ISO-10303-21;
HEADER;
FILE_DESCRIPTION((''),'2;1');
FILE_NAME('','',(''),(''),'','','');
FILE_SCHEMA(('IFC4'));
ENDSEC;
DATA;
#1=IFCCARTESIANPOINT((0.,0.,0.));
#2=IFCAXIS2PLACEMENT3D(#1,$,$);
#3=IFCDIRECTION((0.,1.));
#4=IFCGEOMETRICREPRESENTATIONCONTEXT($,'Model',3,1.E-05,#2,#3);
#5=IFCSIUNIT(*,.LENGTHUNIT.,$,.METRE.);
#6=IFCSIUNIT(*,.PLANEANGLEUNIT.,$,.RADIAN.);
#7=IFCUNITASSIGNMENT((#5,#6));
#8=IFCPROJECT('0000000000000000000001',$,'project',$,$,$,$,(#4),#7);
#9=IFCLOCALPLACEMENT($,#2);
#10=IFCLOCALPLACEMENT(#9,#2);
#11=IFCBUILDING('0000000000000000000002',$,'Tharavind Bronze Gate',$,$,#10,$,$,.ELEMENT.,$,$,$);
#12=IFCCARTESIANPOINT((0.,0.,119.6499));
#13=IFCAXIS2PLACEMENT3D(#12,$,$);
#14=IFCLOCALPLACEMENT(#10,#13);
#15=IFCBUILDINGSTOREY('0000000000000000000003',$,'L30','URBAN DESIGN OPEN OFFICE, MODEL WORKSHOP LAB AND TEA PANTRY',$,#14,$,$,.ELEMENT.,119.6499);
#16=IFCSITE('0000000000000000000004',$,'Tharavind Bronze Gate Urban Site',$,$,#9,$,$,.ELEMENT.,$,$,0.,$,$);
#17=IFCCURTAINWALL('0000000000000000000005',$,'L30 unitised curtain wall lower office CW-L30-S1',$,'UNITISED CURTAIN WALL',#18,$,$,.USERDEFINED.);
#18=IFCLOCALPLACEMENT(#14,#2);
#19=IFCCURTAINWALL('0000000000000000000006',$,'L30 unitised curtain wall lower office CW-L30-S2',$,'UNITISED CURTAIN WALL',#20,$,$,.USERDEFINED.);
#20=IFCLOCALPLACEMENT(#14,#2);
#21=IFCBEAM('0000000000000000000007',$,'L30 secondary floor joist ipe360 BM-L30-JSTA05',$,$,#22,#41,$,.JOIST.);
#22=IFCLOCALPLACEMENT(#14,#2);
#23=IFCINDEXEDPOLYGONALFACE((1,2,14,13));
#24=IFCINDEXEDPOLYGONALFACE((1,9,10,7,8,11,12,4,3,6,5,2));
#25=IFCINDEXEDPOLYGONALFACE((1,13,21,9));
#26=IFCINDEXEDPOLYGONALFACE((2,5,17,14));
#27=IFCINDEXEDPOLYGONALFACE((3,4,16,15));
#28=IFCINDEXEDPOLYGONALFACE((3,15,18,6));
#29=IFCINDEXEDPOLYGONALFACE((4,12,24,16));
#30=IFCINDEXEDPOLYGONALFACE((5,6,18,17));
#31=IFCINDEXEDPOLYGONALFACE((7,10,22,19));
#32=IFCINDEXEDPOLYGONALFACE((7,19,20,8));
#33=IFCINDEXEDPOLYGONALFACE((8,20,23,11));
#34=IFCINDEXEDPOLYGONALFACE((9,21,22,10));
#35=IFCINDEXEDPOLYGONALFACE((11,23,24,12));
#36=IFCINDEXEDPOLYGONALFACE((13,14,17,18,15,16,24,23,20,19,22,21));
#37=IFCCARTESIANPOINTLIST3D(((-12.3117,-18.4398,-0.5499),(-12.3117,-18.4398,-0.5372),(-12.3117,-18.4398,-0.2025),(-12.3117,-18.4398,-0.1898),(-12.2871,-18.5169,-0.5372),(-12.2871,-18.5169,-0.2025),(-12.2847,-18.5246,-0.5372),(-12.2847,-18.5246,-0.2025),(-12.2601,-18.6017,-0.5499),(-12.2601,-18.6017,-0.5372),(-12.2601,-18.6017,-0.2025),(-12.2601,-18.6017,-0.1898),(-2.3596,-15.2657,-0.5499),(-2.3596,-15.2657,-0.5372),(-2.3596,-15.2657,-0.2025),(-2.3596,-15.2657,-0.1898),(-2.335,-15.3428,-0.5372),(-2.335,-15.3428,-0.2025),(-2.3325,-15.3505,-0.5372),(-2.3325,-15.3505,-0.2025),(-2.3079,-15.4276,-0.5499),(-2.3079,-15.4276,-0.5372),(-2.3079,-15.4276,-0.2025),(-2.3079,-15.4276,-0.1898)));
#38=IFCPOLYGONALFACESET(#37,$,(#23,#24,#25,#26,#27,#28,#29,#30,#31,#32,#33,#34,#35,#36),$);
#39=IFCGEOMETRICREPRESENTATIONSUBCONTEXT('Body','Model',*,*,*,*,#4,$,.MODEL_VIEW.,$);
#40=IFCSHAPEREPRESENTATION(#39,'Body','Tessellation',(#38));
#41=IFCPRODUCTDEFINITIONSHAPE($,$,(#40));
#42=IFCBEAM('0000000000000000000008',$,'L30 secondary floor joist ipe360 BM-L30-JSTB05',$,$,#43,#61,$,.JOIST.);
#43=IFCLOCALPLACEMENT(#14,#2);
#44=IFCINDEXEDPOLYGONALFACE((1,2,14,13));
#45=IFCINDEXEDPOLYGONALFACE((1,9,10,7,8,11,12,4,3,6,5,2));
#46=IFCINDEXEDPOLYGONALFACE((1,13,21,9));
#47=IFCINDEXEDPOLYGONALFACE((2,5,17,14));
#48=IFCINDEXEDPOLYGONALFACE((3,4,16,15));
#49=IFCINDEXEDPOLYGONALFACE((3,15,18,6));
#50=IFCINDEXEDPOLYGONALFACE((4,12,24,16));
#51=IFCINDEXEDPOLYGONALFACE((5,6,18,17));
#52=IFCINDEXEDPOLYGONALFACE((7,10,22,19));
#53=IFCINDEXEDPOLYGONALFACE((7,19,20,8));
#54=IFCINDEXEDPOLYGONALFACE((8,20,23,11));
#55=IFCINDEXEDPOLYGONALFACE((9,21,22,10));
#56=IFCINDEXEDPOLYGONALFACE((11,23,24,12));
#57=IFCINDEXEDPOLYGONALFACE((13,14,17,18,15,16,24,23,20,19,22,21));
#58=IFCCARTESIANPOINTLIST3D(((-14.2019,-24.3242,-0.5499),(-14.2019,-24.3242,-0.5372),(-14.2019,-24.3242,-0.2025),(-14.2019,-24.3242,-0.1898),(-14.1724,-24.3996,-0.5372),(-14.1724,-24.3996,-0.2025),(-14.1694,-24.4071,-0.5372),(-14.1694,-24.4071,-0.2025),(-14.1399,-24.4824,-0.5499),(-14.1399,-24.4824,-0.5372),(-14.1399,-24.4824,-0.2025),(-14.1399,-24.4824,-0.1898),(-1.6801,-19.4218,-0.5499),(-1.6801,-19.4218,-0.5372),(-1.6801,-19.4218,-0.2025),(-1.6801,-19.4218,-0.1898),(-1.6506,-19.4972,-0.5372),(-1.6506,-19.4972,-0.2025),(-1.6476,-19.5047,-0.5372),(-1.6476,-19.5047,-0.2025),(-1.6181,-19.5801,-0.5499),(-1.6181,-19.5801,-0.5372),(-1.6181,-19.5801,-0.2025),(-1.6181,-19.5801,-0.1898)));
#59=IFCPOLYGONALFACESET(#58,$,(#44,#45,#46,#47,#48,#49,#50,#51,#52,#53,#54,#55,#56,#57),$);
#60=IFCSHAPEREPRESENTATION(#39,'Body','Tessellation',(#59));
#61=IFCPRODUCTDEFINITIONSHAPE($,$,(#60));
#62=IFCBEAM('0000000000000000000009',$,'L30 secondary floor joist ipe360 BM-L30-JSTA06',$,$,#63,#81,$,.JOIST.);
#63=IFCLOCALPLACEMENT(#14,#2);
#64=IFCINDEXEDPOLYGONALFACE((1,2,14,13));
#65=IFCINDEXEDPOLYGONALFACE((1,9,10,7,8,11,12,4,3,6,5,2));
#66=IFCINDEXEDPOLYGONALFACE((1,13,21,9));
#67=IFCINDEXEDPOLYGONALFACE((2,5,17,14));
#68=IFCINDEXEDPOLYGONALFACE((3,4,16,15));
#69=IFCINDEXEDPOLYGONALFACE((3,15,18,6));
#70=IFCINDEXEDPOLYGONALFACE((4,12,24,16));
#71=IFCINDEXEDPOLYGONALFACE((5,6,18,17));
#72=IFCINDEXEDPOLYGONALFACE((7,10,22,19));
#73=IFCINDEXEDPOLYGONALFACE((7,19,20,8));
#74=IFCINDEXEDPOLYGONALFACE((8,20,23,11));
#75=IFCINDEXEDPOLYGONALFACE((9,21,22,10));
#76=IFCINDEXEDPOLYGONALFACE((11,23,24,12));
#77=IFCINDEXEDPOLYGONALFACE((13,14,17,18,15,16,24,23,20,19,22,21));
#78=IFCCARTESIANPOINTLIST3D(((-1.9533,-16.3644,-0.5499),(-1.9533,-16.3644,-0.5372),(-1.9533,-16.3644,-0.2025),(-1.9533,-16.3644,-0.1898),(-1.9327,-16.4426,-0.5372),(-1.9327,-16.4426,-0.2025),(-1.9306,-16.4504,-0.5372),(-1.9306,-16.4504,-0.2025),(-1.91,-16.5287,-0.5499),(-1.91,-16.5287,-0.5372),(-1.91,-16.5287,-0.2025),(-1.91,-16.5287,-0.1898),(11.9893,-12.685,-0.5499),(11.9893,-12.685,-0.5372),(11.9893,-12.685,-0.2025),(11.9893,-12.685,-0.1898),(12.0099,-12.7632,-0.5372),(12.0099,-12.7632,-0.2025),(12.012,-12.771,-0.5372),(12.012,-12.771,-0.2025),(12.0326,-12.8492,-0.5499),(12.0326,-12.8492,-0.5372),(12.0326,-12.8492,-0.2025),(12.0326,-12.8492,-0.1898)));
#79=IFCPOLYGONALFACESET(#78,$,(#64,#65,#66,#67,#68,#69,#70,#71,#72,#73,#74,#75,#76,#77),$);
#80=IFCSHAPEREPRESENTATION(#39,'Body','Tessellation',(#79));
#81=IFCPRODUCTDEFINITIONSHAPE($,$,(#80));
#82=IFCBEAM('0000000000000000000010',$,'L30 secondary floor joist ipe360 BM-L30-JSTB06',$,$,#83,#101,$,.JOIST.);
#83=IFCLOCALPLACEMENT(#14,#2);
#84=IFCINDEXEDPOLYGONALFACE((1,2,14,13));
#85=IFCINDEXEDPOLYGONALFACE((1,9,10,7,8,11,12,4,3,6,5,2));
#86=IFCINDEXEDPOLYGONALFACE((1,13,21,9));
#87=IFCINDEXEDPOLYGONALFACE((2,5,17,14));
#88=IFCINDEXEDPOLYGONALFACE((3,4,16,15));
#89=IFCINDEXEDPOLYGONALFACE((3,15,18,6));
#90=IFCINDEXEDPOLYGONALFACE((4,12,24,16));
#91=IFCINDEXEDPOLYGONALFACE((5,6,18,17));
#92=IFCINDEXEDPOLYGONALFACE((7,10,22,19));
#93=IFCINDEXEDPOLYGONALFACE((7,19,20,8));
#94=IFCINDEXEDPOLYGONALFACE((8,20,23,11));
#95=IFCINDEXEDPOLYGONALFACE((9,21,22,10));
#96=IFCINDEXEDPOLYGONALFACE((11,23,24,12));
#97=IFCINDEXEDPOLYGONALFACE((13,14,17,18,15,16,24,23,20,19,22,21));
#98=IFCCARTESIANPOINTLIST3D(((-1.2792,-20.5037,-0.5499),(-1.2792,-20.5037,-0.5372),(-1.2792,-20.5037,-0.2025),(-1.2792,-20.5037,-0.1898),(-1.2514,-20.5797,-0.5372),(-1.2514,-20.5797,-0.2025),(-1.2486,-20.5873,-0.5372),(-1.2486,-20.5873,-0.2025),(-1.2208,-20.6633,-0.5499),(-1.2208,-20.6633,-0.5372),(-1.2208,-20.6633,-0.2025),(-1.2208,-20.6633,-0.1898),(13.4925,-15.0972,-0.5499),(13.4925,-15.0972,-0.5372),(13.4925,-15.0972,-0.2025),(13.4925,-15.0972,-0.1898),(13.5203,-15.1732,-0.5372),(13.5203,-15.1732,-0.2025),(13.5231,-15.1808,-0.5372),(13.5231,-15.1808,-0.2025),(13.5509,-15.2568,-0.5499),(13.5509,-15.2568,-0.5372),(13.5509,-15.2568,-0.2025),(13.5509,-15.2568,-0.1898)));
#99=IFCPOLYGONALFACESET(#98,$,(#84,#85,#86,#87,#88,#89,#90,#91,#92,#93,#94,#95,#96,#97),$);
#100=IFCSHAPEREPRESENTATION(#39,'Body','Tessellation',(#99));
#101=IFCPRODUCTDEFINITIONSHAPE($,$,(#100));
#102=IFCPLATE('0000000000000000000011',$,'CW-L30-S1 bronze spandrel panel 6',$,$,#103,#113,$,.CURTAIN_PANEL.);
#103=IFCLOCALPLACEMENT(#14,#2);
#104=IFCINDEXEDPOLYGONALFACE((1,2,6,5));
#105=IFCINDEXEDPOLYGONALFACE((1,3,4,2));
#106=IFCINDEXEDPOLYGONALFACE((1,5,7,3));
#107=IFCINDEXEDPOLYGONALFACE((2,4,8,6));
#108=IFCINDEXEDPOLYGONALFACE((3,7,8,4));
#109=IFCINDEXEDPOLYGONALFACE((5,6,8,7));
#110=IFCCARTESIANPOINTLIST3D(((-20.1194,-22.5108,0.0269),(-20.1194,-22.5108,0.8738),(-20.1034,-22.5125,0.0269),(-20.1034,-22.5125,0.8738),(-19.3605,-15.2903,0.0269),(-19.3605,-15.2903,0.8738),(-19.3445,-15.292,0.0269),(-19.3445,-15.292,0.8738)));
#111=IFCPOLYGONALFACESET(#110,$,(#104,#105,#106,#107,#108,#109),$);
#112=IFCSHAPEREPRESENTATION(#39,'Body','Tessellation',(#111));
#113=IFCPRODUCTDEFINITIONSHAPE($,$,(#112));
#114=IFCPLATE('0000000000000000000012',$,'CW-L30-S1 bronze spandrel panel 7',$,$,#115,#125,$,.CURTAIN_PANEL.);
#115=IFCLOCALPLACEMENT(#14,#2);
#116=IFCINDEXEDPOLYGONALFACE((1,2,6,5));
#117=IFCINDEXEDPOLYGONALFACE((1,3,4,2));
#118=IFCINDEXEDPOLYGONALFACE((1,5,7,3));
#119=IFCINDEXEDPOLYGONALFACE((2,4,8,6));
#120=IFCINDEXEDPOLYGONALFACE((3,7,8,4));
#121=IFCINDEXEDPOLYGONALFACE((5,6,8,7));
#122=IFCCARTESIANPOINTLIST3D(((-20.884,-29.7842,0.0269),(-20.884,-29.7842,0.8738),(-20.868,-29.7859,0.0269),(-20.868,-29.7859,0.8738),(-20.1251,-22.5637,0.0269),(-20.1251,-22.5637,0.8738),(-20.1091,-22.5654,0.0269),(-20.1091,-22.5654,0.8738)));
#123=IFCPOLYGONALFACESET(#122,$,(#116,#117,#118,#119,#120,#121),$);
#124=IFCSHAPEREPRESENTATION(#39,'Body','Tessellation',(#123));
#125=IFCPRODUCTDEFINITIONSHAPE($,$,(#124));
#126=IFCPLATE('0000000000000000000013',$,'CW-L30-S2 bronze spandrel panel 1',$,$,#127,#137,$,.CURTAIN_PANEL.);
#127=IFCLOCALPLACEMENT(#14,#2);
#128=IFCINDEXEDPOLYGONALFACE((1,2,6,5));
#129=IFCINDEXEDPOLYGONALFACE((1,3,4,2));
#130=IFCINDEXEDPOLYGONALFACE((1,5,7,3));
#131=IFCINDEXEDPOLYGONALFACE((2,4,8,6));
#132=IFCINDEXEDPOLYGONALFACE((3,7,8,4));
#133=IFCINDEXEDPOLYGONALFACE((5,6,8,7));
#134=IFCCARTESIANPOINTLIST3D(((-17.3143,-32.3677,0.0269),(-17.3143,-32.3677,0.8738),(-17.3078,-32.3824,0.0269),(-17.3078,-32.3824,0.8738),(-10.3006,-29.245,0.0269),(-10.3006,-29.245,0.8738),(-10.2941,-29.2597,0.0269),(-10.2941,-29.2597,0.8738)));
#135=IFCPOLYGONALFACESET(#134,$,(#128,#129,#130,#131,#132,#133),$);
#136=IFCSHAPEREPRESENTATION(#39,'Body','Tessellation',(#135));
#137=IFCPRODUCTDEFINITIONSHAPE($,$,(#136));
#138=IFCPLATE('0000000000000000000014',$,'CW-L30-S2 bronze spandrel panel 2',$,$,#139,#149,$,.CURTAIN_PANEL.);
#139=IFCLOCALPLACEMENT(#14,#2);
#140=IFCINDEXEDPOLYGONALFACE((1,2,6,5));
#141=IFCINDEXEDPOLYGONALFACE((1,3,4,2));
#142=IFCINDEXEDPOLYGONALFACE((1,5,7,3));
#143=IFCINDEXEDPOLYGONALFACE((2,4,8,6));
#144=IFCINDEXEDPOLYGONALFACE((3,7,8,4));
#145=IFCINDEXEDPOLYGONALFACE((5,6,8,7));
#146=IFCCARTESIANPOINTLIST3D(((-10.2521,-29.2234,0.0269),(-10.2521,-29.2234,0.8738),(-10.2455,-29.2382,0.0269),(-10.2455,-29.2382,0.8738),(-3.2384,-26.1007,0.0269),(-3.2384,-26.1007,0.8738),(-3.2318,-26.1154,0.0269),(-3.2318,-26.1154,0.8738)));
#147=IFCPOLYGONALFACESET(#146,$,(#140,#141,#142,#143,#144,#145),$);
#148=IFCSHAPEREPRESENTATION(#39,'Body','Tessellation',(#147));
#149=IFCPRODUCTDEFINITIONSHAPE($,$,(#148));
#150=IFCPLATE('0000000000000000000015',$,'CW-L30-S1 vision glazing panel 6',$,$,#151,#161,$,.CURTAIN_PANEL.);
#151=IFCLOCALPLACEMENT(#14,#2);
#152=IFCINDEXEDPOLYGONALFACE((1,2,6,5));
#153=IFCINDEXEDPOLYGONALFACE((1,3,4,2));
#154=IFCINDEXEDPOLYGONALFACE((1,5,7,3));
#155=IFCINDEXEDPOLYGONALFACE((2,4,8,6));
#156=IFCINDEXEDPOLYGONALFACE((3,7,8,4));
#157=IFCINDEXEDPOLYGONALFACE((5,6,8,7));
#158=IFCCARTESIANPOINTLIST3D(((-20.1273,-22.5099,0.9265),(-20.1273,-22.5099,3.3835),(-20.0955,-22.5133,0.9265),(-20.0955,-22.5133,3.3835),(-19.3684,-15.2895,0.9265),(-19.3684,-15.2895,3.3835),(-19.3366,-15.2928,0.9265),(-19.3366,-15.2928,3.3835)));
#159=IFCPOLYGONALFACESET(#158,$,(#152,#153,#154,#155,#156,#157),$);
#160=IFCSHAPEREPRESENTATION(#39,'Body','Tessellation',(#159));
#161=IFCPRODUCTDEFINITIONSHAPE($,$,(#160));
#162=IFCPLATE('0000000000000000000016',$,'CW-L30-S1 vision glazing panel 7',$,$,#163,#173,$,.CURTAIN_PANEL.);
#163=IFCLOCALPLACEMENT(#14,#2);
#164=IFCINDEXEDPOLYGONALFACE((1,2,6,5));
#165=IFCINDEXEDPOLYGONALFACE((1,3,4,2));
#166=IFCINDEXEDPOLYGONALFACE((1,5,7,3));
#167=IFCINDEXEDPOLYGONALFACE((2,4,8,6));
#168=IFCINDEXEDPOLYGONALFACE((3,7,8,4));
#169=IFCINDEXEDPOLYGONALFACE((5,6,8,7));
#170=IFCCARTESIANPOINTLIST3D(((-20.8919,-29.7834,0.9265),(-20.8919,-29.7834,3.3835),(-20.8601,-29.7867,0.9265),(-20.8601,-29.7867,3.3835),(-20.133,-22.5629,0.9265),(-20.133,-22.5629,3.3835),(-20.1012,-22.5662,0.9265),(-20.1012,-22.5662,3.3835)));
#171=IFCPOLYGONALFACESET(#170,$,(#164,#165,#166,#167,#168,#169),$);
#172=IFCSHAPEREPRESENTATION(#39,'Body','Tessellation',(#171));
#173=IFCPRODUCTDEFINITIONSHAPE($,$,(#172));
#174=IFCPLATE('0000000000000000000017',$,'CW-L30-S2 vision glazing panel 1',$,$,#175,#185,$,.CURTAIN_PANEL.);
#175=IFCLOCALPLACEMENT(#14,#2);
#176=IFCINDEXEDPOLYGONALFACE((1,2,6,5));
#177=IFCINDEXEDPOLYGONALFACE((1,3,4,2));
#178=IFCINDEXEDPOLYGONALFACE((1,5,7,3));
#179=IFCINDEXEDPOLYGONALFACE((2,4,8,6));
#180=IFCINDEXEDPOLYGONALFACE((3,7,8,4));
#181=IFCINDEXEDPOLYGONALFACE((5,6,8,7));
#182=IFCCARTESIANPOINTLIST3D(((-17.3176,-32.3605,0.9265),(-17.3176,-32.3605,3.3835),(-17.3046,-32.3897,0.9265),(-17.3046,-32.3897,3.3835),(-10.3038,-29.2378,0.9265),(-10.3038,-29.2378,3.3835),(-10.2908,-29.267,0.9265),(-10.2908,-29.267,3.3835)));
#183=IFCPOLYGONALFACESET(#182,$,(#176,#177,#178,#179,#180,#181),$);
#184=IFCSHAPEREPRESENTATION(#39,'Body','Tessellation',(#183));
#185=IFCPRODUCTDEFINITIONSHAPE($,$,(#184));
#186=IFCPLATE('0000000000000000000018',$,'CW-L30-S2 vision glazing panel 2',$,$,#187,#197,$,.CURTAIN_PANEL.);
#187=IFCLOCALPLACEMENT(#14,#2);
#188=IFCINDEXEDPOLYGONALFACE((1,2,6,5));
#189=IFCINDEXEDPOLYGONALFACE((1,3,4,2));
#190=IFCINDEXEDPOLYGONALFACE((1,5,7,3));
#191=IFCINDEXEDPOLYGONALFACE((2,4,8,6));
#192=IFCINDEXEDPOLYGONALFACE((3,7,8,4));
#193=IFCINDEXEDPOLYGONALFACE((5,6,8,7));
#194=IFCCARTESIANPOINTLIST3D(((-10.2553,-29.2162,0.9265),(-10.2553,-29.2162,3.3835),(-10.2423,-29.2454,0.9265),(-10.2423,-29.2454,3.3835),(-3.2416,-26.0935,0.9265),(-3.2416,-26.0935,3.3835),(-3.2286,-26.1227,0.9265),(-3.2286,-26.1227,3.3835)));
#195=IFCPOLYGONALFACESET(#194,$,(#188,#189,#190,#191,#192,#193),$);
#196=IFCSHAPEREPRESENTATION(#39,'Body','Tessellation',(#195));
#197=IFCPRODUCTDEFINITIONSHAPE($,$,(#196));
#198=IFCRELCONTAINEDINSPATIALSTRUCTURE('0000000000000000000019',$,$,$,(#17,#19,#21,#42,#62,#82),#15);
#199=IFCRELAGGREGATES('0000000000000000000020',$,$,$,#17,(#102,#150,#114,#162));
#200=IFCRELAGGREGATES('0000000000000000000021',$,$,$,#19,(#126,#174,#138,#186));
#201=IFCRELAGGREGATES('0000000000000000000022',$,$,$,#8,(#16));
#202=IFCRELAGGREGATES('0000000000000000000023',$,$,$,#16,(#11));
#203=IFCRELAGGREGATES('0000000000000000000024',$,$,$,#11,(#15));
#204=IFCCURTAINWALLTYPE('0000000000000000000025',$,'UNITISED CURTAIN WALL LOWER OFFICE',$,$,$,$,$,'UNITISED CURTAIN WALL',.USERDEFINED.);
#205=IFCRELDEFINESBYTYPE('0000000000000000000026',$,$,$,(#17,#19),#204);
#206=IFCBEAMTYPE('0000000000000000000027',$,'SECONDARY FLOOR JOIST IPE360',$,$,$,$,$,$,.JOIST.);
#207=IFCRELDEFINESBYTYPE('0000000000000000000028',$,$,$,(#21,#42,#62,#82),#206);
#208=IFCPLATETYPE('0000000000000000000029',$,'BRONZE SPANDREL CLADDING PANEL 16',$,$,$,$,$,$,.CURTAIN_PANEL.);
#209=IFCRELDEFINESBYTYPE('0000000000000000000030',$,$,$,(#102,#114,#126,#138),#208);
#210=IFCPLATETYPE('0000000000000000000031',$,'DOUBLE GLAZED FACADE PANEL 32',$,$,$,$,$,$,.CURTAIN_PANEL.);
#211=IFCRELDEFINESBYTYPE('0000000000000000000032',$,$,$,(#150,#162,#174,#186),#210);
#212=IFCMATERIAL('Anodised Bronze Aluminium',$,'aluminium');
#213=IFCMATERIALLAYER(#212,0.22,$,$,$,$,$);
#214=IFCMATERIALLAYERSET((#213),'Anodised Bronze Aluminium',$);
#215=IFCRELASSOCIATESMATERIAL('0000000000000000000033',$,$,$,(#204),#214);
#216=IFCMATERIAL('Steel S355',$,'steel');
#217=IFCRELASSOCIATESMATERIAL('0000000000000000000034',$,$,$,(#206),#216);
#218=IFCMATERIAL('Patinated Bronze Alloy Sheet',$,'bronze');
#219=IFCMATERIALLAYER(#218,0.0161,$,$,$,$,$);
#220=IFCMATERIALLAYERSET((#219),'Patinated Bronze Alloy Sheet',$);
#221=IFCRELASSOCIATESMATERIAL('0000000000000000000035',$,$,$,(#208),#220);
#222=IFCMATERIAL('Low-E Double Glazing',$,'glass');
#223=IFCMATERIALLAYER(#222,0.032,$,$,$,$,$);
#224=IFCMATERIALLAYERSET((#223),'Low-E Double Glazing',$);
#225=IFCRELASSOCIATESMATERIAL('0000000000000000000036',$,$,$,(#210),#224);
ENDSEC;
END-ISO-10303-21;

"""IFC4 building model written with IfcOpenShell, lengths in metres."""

from ifc_helpers import new_model, si_unit, direction, frame, origin, origin_2d, place, context, subcontext, project, spatial, rectangle, i_section, extrude, material, layer, layer_set, material_profile, profile_set, type_object, element, aggregate, save


model = new_model("IFC4")

# Units and contexts
model_context = context("Model", 3, precision=1e-05, world=origin(), true_north=direction((0.0, 1.0)))
body_context = subcontext(model_context, "Body", "Model", "MODEL_VIEW")
ifc_project = project(units=[si_unit("LENGTHUNIT", "METRE"), si_unit("PLANEANGLEUNIT", "RADIAN")], contexts=[model_context])

# Site, building, storey
site_placement = place(None, origin())
site = spatial("IfcSite", under=ifc_project, at=site_placement, Name="Tharavind Bronze Gate Urban Site", CompositionType="ELEMENT", RefElevation=0.0)
building_placement = place(site_placement, origin())
building = spatial("IfcBuilding", under=site, at=building_placement, Name="Tharavind Bronze Gate", CompositionType="ELEMENT")
storey_placement = place(building_placement, frame((0.0, 0.0, 119.6499)))
storey = spatial("IfcBuildingStorey", under=building, at=storey_placement, Name="L30", Description="URBAN DESIGN OPEN OFFICE, MODEL WORKSHOP LAB AND TEA PANTRY", CompositionType="ELEMENT", Elevation=119.6499)

# Curtain walls
ifc_material_1 = material(Name="Anodised Bronze Aluminium", Category="aluminium")
ifc_layer_1 = layer(ifc_material_1, 0.22)
ifc_layer_set_1 = layer_set([ifc_layer_1], Name="Anodised Bronze Aluminium")
curtain_wall_type = type_object("IfcCurtainWallType", Name="UNITISED CURTAIN WALL LOWER OFFICE", ElementType="UNITISED CURTAIN WALL", PredefinedType="USERDEFINED", material=ifc_layer_set_1)
curtain_wall_1_placement = place(storey_placement, origin())
curtain_wall_1 = element("IfcCurtainWall", 1, at=curtain_wall_1_placement, inside=storey, type_object=curtain_wall_type, Name="L30 unitised curtain wall lower office CW-L30-S1", ObjectType="UNITISED CURTAIN WALL", PredefinedType="USERDEFINED")
curtain_wall_2_placement = place(storey_placement, origin())
curtain_wall_2 = element("IfcCurtainWall", 2, at=curtain_wall_2_placement, inside=storey, type_object=curtain_wall_type, Name="L30 unitised curtain wall lower office CW-L30-S2", ObjectType="UNITISED CURTAIN WALL", PredefinedType="USERDEFINED")

# Beams
ifc_material_2 = material(Name="Steel S355", Category="steel")
ifc_material_profile_1 = material_profile(ifc_material_2, i_section(OverallWidth=0.1699, OverallDepth=0.3601, WebThickness=0.0081, FlangeThickness=0.0127, at=origin_2d()), Name="IPE360")
ifc_profile_set_1 = profile_set([ifc_material_profile_1], Name="Steel S355")
beam_type_1 = type_object("IfcBeamType", Name="SECONDARY FLOOR JOIST IPE360", PredefinedType="JOIST", material=ifc_profile_set_1)
beam_1_placement = place(storey_placement, frame((-12.2859, -18.5208, -0.3699), z_axis=(0.952719, 0.303854, 0.0), x_axis=(-0.303854, 0.952719, 0.0)))
element("IfcBeam", 3, at=beam_1_placement, inside=storey, type_object=beam_type_1, Name="L30 secondary floor joist ipe360 BM-L30-JSTA05", PredefinedType="JOIST", context=body_context, shape_type="SweptSolid", body=[
    extrude(i_section(OverallWidth=0.1699, OverallDepth=0.3601, WebThickness=0.0081, FlangeThickness=0.0127, at=origin_2d()), origin(), (0.0, 0.0, 1.0), 10.446),
])
beam_2_placement = place(storey_placement, frame((-14.1709, -24.4033, -0.3699), z_axis=(0.931179, 0.364563, 0.0), x_axis=(-0.364563, 0.931179, 0.0)))
element("IfcBeam", 4, at=beam_2_placement, inside=storey, type_object=beam_type_1, Name="L30 secondary floor joist ipe360 BM-L30-JSTB05", PredefinedType="JOIST", context=body_context, shape_type="SweptSolid", body=[
    extrude(i_section(OverallWidth=0.1699, OverallDepth=0.3601, WebThickness=0.0081, FlangeThickness=0.0127, at=origin_2d()), origin(), (0.0, 0.0, 1.0), 13.4473),
])
beam_3_placement = place(storey_placement, frame((-1.9316, -16.4465, -0.3699), z_axis=(0.966898, 0.255163, 0.0), x_axis=(-0.255163, 0.966898, 0.0)))
element("IfcBeam", 5, at=beam_3_placement, inside=storey, type_object=beam_type_1, Name="L30 secondary floor joist ipe360 BM-L30-JSTA06", PredefinedType="JOIST", context=body_context, shape_type="SweptSolid", body=[
    extrude(i_section(OverallWidth=0.1699, OverallDepth=0.3601, WebThickness=0.0081, FlangeThickness=0.0127, at=origin_2d()), origin(), (0.0, 0.0, 1.0), 14.4199),
])
beam_4_placement = place(storey_placement, frame((-1.25, -20.5835, -0.3699), z_axis=(0.939078, 0.343705, 0.0), x_axis=(-0.343705, 0.939078, 0.0)))
element("IfcBeam", 6, at=beam_4_placement, inside=storey, type_object=beam_type_1, Name="L30 secondary floor joist ipe360 BM-L30-JSTB06", PredefinedType="JOIST", context=body_context, shape_type="SweptSolid", body=[
    extrude(i_section(OverallWidth=0.1699, OverallDepth=0.3601, WebThickness=0.0081, FlangeThickness=0.0127, at=origin_2d()), origin(), (0.0, 0.0, 1.0), 15.73),
])

# Plates
ifc_material_3 = material(Name="Patinated Bronze Alloy Sheet", Category="bronze")
ifc_layer_2 = layer(ifc_material_3, 0.0161)
ifc_layer_set_2 = layer_set([ifc_layer_2], Name="Patinated Bronze Alloy Sheet")
plate_type_1 = type_object("IfcPlateType", Name="BRONZE SPANDREL CLADDING PANEL 16", PredefinedType="CURTAIN_PANEL", material=ifc_layer_set_2)
plate_1_placement = place(storey_placement, frame((-19.7319, -18.9014, 0.0269), z_axis=(0.0, 0.0, 1.0), x_axis=(-0.104527, -0.994522, 0.0)))
plate_1 = element("IfcPlate", 7, at=plate_1_placement, type_object=plate_type_1, Name="CW-L30-S1 bronze spandrel panel 6", PredefinedType="CURTAIN_PANEL", context=body_context, shape_type="SweptSolid", body=[
    extrude(rectangle(XDim=7.2603, YDim=0.0161, at=origin_2d()), origin(), (0.0, 0.0, 1.0), 0.8469),
])
plate_2_placement = place(storey_placement, frame((-20.4966, -26.1748, 0.0269), z_axis=(0.0, 0.0, 1.0), x_axis=(-0.104527, -0.994522, 0.0)))
plate_2 = element("IfcPlate", 8, at=plate_2_placement, type_object=plate_type_1, Name="CW-L30-S1 bronze spandrel panel 7", PredefinedType="CURTAIN_PANEL", context=body_context, shape_type="SweptSolid", body=[
    extrude(rectangle(XDim=7.2603, YDim=0.0161, at=origin_2d()), origin(), (0.0, 0.0, 1.0), 0.8469),
])
plate_3_placement = place(storey_placement, frame((-13.8042, -30.8137, 0.0269), z_axis=(0.0, 0.0, 1.0), x_axis=(0.913545, 0.406737, 0.0)))
plate_3 = element("IfcPlate", 9, at=plate_3_placement, type_object=plate_type_1, Name="CW-L30-S2 bronze spandrel panel 1", PredefinedType="CURTAIN_PANEL", context=body_context, shape_type="SweptSolid", body=[
    extrude(rectangle(XDim=7.6775, YDim=0.0161, at=origin_2d()), origin(), (0.0, 0.0, 1.0), 0.8469),
])
plate_4_placement = place(storey_placement, frame((-6.7419, -27.6694, 0.0269), z_axis=(0.0, 0.0, 1.0), x_axis=(0.913545, 0.406737, 0.0)))
plate_4 = element("IfcPlate", 10, at=plate_4_placement, type_object=plate_type_1, Name="CW-L30-S2 bronze spandrel panel 2", PredefinedType="CURTAIN_PANEL", context=body_context, shape_type="SweptSolid", body=[
    extrude(rectangle(XDim=7.6775, YDim=0.0161, at=origin_2d()), origin(), (0.0, 0.0, 1.0), 0.8469),
])
ifc_material_4 = material(Name="Low-E Double Glazing", Category="glass")
ifc_layer_3 = layer(ifc_material_4, 0.032)
ifc_layer_set_3 = layer_set([ifc_layer_3], Name="Low-E Double Glazing")
plate_type_2 = type_object("IfcPlateType", Name="DOUBLE GLAZED FACADE PANEL 32", PredefinedType="CURTAIN_PANEL", material=ifc_layer_set_3)
plate_5_placement = place(storey_placement, frame((-19.7319, -18.9014, 0.9265), z_axis=(0.0, 0.0, 1.0), x_axis=(-0.104527, -0.994522, 0.0)))
plate_5 = element("IfcPlate", 11, at=plate_5_placement, type_object=plate_type_2, Name="CW-L30-S1 vision glazing panel 6", PredefinedType="CURTAIN_PANEL", context=body_context, shape_type="SweptSolid", body=[
    extrude(rectangle(XDim=7.2603, YDim=0.032, at=origin_2d()), origin(), (0.0, 0.0, 1.0), 2.457),
])
plate_6_placement = place(storey_placement, frame((-20.4966, -26.1748, 0.9265), z_axis=(0.0, 0.0, 1.0), x_axis=(-0.104527, -0.994522, 0.0)))
plate_6 = element("IfcPlate", 12, at=plate_6_placement, type_object=plate_type_2, Name="CW-L30-S1 vision glazing panel 7", PredefinedType="CURTAIN_PANEL", context=body_context, shape_type="SweptSolid", body=[
    extrude(rectangle(XDim=7.2603, YDim=0.032, at=origin_2d()), origin(), (0.0, 0.0, 1.0), 2.457),
])
aggregate(curtain_wall_1, [plate_1, plate_5, plate_2, plate_6])
plate_7_placement = place(storey_placement, frame((-13.8042, -30.8137, 0.9265), z_axis=(0.0, 0.0, 1.0), x_axis=(0.913545, 0.406737, 0.0)))
plate_7 = element("IfcPlate", 13, at=plate_7_placement, type_object=plate_type_2, Name="CW-L30-S2 vision glazing panel 1", PredefinedType="CURTAIN_PANEL", context=body_context, shape_type="SweptSolid", body=[
    extrude(rectangle(XDim=7.6775, YDim=0.032, at=origin_2d()), origin(), (0.0, 0.0, 1.0), 2.457),
])
plate_8_placement = place(storey_placement, frame((-6.7419, -27.6694, 0.9265), z_axis=(0.0, 0.0, 1.0), x_axis=(0.913545, 0.406737, 0.0)))
plate_8 = element("IfcPlate", 14, at=plate_8_placement, type_object=plate_type_2, Name="CW-L30-S2 vision glazing panel 2", PredefinedType="CURTAIN_PANEL", context=body_context, shape_type="SweptSolid", body=[
    extrude(rectangle(XDim=7.6775, YDim=0.032, at=origin_2d()), origin(), (0.0, 0.0, 1.0), 2.457),
])
aggregate(curtain_wall_2, [plate_3, plate_7, plate_4, plate_8])

save(model, "model.ifc")
